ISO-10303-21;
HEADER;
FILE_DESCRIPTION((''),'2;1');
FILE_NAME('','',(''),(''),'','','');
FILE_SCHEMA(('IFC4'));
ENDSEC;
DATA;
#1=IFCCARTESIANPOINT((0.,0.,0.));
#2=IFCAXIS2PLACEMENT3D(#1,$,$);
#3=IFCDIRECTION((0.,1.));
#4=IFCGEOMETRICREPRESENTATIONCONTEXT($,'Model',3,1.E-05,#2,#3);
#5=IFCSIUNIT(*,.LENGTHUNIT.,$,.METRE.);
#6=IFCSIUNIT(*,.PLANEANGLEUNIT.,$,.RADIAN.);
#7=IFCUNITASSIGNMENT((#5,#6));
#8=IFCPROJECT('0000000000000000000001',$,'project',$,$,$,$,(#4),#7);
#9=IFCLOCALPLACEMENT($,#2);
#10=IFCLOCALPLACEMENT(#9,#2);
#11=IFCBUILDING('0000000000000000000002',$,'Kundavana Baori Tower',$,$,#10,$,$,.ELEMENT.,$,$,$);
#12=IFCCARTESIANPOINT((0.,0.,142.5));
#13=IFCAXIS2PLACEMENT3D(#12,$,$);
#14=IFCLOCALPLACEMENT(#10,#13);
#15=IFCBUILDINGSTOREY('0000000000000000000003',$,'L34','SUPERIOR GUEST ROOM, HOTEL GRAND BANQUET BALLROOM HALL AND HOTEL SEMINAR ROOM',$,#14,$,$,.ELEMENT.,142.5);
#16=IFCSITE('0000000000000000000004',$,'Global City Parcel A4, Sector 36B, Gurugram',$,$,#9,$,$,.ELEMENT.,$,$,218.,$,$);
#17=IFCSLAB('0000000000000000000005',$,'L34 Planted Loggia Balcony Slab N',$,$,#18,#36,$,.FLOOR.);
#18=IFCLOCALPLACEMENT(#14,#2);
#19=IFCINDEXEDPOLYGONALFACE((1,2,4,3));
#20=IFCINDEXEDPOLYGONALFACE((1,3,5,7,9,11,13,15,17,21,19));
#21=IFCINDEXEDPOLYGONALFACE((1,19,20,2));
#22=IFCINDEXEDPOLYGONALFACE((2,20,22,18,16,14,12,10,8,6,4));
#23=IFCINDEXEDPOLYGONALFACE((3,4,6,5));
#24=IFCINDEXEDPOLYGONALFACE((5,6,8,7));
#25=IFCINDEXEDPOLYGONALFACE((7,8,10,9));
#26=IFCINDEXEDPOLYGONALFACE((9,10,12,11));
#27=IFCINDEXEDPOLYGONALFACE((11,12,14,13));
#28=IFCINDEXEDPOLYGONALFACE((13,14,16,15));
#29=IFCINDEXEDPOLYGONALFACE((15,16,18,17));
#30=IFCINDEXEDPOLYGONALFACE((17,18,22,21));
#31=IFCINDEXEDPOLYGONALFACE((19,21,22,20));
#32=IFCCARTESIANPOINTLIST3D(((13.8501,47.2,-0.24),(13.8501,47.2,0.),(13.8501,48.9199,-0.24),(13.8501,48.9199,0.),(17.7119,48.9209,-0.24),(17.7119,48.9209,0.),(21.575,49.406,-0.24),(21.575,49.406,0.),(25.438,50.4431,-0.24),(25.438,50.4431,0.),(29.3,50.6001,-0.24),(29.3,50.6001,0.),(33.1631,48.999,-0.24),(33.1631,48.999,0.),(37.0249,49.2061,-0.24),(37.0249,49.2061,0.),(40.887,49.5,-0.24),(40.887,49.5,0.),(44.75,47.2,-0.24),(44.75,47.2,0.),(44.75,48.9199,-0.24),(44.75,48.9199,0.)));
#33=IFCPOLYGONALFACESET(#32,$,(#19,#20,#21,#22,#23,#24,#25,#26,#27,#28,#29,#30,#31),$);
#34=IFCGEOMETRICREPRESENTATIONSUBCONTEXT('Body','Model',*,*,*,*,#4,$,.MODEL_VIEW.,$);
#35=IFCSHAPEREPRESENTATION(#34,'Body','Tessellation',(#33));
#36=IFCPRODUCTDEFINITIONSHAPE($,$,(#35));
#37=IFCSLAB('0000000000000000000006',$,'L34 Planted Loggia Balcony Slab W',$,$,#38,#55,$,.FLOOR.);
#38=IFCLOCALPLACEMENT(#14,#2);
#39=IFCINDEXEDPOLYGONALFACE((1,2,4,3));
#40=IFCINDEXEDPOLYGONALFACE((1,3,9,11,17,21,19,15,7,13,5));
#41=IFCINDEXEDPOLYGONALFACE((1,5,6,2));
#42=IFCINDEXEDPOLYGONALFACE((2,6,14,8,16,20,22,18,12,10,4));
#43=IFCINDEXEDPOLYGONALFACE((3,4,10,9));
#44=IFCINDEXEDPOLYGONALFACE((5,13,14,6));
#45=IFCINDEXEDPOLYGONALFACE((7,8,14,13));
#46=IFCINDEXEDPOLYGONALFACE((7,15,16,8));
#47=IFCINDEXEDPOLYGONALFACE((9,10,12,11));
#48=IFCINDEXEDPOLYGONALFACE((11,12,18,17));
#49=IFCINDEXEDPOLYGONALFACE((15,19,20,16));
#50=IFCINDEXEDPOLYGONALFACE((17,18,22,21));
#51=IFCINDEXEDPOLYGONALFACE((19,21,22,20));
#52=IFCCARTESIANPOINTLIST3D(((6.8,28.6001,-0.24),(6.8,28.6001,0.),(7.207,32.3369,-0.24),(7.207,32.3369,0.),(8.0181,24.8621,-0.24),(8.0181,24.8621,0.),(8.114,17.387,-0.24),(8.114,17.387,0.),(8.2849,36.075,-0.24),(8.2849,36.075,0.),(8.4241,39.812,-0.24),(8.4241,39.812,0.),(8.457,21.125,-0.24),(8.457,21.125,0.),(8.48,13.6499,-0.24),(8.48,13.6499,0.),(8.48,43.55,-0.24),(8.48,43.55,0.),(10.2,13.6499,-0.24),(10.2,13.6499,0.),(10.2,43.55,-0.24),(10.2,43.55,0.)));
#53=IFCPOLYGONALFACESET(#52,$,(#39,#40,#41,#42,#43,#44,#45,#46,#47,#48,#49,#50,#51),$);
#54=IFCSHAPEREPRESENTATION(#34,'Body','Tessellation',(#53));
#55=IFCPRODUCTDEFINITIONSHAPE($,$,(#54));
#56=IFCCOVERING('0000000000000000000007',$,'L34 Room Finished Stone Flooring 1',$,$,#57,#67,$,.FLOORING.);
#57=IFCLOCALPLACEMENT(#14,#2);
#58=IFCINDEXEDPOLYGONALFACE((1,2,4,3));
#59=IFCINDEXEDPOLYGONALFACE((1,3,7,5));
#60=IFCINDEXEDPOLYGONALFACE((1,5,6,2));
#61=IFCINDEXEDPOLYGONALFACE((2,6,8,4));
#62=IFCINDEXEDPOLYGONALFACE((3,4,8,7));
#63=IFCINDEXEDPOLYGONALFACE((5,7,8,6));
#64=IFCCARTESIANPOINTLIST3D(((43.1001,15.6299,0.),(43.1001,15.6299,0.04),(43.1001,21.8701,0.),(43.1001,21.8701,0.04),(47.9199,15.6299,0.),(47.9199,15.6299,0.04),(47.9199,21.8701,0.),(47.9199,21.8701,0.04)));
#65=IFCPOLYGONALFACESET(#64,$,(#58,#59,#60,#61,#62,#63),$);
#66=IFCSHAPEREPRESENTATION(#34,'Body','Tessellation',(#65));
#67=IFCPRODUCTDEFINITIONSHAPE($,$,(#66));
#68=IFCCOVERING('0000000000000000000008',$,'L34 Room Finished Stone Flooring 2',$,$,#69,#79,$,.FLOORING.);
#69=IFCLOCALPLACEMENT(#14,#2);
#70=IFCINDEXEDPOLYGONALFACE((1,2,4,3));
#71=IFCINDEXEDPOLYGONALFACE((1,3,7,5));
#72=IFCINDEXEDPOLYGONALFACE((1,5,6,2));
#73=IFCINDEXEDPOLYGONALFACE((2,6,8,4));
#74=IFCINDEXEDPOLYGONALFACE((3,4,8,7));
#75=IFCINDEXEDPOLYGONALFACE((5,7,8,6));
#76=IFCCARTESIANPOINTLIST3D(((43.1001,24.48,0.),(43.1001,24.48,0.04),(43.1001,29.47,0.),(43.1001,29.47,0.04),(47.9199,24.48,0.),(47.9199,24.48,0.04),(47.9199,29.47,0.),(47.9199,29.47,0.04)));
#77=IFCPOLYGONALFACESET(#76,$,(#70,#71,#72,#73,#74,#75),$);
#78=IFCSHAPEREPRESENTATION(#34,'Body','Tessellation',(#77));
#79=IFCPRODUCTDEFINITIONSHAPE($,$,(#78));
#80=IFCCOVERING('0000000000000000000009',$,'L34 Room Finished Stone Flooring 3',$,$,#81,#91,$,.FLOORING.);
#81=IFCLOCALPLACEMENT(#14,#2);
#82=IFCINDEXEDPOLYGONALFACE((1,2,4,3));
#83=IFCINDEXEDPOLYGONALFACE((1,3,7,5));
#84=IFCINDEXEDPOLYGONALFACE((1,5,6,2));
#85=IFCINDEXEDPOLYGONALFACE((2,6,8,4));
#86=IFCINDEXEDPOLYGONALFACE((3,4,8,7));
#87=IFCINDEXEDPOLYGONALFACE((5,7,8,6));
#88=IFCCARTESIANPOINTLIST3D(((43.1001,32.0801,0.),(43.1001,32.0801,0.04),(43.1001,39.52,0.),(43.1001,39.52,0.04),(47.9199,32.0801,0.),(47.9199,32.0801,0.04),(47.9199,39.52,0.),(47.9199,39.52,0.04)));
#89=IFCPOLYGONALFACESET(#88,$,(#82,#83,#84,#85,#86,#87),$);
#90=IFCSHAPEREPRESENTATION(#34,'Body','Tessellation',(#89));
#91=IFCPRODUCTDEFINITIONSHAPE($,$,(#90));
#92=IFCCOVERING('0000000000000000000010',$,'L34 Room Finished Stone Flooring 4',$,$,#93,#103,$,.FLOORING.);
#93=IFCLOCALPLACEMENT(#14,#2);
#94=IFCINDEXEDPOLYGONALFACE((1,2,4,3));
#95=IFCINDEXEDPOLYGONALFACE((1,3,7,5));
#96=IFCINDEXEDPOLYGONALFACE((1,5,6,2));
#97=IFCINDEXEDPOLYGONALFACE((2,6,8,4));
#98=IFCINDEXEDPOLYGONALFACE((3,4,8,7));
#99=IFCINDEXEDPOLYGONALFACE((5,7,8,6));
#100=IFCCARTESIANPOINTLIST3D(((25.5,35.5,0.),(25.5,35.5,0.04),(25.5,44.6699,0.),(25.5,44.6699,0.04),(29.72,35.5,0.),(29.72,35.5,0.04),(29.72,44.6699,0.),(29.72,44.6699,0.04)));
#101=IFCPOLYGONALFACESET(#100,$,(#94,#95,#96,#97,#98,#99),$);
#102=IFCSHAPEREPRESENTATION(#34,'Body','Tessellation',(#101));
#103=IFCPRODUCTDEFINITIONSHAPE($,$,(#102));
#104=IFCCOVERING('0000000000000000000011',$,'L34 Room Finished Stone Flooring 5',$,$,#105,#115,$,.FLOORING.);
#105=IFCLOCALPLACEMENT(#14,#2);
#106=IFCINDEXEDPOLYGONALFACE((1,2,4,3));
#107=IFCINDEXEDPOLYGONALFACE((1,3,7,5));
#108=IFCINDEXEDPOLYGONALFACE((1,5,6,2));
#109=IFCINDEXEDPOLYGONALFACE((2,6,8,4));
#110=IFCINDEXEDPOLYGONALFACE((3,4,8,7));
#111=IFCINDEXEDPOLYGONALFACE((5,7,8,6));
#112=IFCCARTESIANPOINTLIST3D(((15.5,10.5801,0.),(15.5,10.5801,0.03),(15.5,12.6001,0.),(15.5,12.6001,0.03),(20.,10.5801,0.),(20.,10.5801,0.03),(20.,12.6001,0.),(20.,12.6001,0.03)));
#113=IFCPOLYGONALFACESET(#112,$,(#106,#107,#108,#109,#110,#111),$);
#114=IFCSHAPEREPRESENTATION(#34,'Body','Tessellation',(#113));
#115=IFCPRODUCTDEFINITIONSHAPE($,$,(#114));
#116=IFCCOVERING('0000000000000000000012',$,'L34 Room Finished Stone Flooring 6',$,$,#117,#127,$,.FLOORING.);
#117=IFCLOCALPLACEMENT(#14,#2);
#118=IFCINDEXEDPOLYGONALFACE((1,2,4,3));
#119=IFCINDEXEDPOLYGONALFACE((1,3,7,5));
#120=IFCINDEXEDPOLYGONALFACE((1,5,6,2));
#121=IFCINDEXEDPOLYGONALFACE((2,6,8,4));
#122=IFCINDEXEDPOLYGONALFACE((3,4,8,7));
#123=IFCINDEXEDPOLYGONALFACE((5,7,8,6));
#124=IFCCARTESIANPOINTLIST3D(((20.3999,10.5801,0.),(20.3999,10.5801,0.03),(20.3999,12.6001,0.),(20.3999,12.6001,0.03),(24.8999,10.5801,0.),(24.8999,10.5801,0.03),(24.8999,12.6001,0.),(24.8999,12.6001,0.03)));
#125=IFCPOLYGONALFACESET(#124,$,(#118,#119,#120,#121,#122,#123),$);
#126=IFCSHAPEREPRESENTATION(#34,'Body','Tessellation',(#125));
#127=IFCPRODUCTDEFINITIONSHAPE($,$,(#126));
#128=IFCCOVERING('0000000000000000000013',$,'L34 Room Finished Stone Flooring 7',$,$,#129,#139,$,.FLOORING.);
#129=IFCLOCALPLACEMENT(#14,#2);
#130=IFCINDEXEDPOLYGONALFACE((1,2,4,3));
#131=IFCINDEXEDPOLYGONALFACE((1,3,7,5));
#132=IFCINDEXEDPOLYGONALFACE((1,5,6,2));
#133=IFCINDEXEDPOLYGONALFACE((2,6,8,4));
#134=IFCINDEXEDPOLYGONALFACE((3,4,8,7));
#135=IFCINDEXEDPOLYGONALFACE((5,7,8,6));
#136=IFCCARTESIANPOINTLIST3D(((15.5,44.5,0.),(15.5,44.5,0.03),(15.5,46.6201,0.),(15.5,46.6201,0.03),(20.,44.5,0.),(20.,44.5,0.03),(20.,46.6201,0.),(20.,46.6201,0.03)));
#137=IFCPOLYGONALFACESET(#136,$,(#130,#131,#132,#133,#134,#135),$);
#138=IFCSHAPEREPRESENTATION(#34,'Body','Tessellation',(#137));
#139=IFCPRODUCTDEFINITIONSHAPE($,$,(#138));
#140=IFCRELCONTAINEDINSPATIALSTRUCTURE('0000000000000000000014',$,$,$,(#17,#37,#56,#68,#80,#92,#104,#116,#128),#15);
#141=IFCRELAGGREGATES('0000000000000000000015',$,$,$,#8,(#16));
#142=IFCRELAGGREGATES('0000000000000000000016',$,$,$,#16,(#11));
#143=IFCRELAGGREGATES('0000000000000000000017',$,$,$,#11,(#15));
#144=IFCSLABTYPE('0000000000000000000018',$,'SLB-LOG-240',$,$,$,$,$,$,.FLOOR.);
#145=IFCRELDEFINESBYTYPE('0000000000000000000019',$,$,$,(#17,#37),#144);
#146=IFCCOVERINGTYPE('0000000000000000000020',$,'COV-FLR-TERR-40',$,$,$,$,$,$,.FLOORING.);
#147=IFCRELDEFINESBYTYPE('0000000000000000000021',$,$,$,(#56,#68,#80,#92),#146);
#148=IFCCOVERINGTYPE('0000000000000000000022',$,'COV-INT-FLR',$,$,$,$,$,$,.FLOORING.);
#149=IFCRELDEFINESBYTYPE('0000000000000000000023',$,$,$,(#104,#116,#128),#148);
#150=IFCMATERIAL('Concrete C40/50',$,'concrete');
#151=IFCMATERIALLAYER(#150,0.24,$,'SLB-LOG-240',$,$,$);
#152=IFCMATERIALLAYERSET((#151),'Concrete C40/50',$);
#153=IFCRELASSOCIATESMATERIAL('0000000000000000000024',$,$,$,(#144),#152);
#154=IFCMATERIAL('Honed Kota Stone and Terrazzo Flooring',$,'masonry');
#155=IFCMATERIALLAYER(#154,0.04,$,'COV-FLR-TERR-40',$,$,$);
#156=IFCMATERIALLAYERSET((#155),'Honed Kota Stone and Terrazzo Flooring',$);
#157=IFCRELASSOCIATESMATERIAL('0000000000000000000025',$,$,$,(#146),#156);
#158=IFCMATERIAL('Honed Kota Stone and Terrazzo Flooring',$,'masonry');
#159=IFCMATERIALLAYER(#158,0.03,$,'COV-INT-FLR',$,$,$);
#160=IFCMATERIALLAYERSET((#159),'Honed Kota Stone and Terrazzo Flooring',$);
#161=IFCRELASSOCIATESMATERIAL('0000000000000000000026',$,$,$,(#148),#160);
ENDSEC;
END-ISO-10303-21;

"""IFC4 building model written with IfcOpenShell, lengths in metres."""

from ifc_helpers import new_model, si_unit, direction, frame, origin, place, context, subcontext, project, spatial, polyline, outline, extrude, material, layer, layer_set, type_object, element, save


model = new_model("IFC4")

# Units and contexts
model_context = context("Model", 3, precision=1e-05, world=origin(), true_north=direction((0.0, 1.0)))
body_context = subcontext(model_context, "Body", "Model", "MODEL_VIEW")
ifc_project = project(units=[si_unit("LENGTHUNIT", "METRE"), si_unit("PLANEANGLEUNIT", "RADIAN")], contexts=[model_context])

# Site, building, storey
site_placement = place(None, origin())
site = spatial("IfcSite", under=ifc_project, at=site_placement, Name="Global City Parcel A4, Sector 36B, Gurugram", CompositionType="ELEMENT", RefElevation=218.0)
building_placement = place(site_placement, origin())
building = spatial("IfcBuilding", under=site, at=building_placement, Name="Kundavana Baori Tower", CompositionType="ELEMENT")
storey_placement = place(building_placement, frame((0.0, 0.0, 142.5)))
storey = spatial("IfcBuildingStorey", under=building, at=storey_placement, Name="L34", Description="SUPERIOR GUEST ROOM, HOTEL GRAND BANQUET BALLROOM HALL AND HOTEL SEMINAR ROOM", CompositionType="ELEMENT", Elevation=142.5)

# Slabs
ifc_material_1 = material(Name="Concrete C40/50", Category="concrete")
ifc_layer_1 = layer(ifc_material_1, 0.24, Name="SLB-LOG-240")
ifc_layer_set_1 = layer_set([ifc_layer_1], Name="Concrete C40/50")
slab_type_1 = type_object("IfcSlabType", Name="SLB-LOG-240", PredefinedType="FLOOR", material=ifc_layer_set_1)
slab_1_placement = place(storey_placement, frame((0.0, 0.0, -0.24)))
element("IfcSlab", 1, at=slab_1_placement, inside=storey, type_object=slab_type_1, Name="L34 Planted Loggia Balcony Slab N", PredefinedType="FLOOR", context=body_context, shape_type="SweptSolid", body=[
    extrude(outline(polyline([(44.75, 47.2), (13.8501, 47.2), (13.8501, 48.9199), (17.7119, 48.9209), (21.575, 49.406), (25.438, 50.4431), (29.3, 50.6001), (33.1631, 48.999), (37.0249, 49.2061), (40.887, 49.5), (44.75, 48.9199), (44.75, 47.2)])), origin(), (0.0, 0.0, 1.0), 0.24),
])
slab_2_placement = place(storey_placement, frame((0.0, 0.0, -0.24)))
element("IfcSlab", 2, at=slab_2_placement, inside=storey, type_object=slab_type_1, Name="L34 Planted Loggia Balcony Slab W", PredefinedType="FLOOR", context=body_context, shape_type="SweptSolid", body=[
    extrude(outline(polyline([(10.2, 43.55), (10.2, 13.6499), (8.48, 13.6499), (8.114, 17.387), (8.457, 21.125), (8.0181, 24.8621), (6.8, 28.6001), (7.207, 32.3369), (8.2849, 36.075), (8.4241, 39.812), (8.48, 43.55), (10.2, 43.55)])), origin(), (0.0, 0.0, 1.0), 0.24),
])

# Coverings
ifc_material_2 = material(Name="Honed Kota Stone and Terrazzo Flooring", Category="masonry")
ifc_layer_2 = layer(ifc_material_2, 0.04, Name="COV-FLR-TERR-40")
ifc_layer_set_2 = layer_set([ifc_layer_2], Name="Honed Kota Stone and Terrazzo Flooring")
covering_type_1 = type_object("IfcCoveringType", Name="COV-FLR-TERR-40", PredefinedType="FLOORING", material=ifc_layer_set_2)
covering_1_placement = place(storey_placement, origin())
element("IfcCovering", 3, at=covering_1_placement, inside=storey, type_object=covering_type_1, Name="L34 Room Finished Stone Flooring 1", PredefinedType="FLOORING", context=body_context, shape_type="SweptSolid", body=[
    extrude(outline(polyline([(43.1001, 15.6299), (47.9199, 15.6299), (47.9199, 21.8701), (43.1001, 21.8701), (43.1001, 15.6299)])), origin(), (0.0, 0.0, 1.0), 0.04),
])
covering_2_placement = place(storey_placement, origin())
element("IfcCovering", 4, at=covering_2_placement, inside=storey, type_object=covering_type_1, Name="L34 Room Finished Stone Flooring 2", PredefinedType="FLOORING", context=body_context, shape_type="SweptSolid", body=[
    extrude(outline(polyline([(43.1001, 24.48), (47.9199, 24.48), (47.9199, 29.47), (43.1001, 29.47), (43.1001, 24.48)])), origin(), (0.0, 0.0, 1.0), 0.04),
])
covering_3_placement = place(storey_placement, origin())
element("IfcCovering", 5, at=covering_3_placement, inside=storey, type_object=covering_type_1, Name="L34 Room Finished Stone Flooring 3", PredefinedType="FLOORING", context=body_context, shape_type="SweptSolid", body=[
    extrude(outline(polyline([(43.1001, 32.0801), (47.9199, 32.0801), (47.9199, 39.52), (43.1001, 39.52), (43.1001, 32.0801)])), origin(), (0.0, 0.0, 1.0), 0.04),
])
covering_4_placement = place(storey_placement, origin())
element("IfcCovering", 6, at=covering_4_placement, inside=storey, type_object=covering_type_1, Name="L34 Room Finished Stone Flooring 4", PredefinedType="FLOORING", context=body_context, shape_type="SweptSolid", body=[
    extrude(outline(polyline([(25.5, 35.5), (29.72, 35.5), (29.72, 44.6699), (25.5, 44.6699), (25.5, 35.5)])), origin(), (0.0, 0.0, 1.0), 0.04),
])
ifc_material_3 = material(Name="Honed Kota Stone and Terrazzo Flooring", Category="masonry")
ifc_layer_3 = layer(ifc_material_3, 0.03, Name="COV-INT-FLR")
ifc_layer_set_3 = layer_set([ifc_layer_3], Name="Honed Kota Stone and Terrazzo Flooring")
covering_type_2 = type_object("IfcCoveringType", Name="COV-INT-FLR", PredefinedType="FLOORING", material=ifc_layer_set_3)
covering_5_placement = place(storey_placement, origin())
element("IfcCovering", 7, at=covering_5_placement, inside=storey, type_object=covering_type_2, Name="L34 Room Finished Stone Flooring 5", PredefinedType="FLOORING", context=body_context, shape_type="SweptSolid", body=[
    extrude(outline(polyline([(15.5, 10.5801), (20.0, 10.5801), (20.0, 12.6001), (15.5, 12.6001), (15.5, 10.5801)])), origin(), (0.0, 0.0, 1.0), 0.03),
])
covering_6_placement = place(storey_placement, origin())
element("IfcCovering", 8, at=covering_6_placement, inside=storey, type_object=covering_type_2, Name="L34 Room Finished Stone Flooring 6", PredefinedType="FLOORING", context=body_context, shape_type="SweptSolid", body=[
    extrude(outline(polyline([(20.3999, 10.5801), (24.8999, 10.5801), (24.8999, 12.6001), (20.3999, 12.6001), (20.3999, 10.5801)])), origin(), (0.0, 0.0, 1.0), 0.03),
])
covering_7_placement = place(storey_placement, origin())
element("IfcCovering", 9, at=covering_7_placement, inside=storey, type_object=covering_type_2, Name="L34 Room Finished Stone Flooring 7", PredefinedType="FLOORING", context=body_context, shape_type="SweptSolid", body=[
    extrude(outline(polyline([(15.5, 44.5), (20.0, 44.5), (20.0, 46.6201), (15.5, 46.6201), (15.5, 44.5)])), origin(), (0.0, 0.0, 1.0), 0.03),
])

save(model, "model.ifc")
